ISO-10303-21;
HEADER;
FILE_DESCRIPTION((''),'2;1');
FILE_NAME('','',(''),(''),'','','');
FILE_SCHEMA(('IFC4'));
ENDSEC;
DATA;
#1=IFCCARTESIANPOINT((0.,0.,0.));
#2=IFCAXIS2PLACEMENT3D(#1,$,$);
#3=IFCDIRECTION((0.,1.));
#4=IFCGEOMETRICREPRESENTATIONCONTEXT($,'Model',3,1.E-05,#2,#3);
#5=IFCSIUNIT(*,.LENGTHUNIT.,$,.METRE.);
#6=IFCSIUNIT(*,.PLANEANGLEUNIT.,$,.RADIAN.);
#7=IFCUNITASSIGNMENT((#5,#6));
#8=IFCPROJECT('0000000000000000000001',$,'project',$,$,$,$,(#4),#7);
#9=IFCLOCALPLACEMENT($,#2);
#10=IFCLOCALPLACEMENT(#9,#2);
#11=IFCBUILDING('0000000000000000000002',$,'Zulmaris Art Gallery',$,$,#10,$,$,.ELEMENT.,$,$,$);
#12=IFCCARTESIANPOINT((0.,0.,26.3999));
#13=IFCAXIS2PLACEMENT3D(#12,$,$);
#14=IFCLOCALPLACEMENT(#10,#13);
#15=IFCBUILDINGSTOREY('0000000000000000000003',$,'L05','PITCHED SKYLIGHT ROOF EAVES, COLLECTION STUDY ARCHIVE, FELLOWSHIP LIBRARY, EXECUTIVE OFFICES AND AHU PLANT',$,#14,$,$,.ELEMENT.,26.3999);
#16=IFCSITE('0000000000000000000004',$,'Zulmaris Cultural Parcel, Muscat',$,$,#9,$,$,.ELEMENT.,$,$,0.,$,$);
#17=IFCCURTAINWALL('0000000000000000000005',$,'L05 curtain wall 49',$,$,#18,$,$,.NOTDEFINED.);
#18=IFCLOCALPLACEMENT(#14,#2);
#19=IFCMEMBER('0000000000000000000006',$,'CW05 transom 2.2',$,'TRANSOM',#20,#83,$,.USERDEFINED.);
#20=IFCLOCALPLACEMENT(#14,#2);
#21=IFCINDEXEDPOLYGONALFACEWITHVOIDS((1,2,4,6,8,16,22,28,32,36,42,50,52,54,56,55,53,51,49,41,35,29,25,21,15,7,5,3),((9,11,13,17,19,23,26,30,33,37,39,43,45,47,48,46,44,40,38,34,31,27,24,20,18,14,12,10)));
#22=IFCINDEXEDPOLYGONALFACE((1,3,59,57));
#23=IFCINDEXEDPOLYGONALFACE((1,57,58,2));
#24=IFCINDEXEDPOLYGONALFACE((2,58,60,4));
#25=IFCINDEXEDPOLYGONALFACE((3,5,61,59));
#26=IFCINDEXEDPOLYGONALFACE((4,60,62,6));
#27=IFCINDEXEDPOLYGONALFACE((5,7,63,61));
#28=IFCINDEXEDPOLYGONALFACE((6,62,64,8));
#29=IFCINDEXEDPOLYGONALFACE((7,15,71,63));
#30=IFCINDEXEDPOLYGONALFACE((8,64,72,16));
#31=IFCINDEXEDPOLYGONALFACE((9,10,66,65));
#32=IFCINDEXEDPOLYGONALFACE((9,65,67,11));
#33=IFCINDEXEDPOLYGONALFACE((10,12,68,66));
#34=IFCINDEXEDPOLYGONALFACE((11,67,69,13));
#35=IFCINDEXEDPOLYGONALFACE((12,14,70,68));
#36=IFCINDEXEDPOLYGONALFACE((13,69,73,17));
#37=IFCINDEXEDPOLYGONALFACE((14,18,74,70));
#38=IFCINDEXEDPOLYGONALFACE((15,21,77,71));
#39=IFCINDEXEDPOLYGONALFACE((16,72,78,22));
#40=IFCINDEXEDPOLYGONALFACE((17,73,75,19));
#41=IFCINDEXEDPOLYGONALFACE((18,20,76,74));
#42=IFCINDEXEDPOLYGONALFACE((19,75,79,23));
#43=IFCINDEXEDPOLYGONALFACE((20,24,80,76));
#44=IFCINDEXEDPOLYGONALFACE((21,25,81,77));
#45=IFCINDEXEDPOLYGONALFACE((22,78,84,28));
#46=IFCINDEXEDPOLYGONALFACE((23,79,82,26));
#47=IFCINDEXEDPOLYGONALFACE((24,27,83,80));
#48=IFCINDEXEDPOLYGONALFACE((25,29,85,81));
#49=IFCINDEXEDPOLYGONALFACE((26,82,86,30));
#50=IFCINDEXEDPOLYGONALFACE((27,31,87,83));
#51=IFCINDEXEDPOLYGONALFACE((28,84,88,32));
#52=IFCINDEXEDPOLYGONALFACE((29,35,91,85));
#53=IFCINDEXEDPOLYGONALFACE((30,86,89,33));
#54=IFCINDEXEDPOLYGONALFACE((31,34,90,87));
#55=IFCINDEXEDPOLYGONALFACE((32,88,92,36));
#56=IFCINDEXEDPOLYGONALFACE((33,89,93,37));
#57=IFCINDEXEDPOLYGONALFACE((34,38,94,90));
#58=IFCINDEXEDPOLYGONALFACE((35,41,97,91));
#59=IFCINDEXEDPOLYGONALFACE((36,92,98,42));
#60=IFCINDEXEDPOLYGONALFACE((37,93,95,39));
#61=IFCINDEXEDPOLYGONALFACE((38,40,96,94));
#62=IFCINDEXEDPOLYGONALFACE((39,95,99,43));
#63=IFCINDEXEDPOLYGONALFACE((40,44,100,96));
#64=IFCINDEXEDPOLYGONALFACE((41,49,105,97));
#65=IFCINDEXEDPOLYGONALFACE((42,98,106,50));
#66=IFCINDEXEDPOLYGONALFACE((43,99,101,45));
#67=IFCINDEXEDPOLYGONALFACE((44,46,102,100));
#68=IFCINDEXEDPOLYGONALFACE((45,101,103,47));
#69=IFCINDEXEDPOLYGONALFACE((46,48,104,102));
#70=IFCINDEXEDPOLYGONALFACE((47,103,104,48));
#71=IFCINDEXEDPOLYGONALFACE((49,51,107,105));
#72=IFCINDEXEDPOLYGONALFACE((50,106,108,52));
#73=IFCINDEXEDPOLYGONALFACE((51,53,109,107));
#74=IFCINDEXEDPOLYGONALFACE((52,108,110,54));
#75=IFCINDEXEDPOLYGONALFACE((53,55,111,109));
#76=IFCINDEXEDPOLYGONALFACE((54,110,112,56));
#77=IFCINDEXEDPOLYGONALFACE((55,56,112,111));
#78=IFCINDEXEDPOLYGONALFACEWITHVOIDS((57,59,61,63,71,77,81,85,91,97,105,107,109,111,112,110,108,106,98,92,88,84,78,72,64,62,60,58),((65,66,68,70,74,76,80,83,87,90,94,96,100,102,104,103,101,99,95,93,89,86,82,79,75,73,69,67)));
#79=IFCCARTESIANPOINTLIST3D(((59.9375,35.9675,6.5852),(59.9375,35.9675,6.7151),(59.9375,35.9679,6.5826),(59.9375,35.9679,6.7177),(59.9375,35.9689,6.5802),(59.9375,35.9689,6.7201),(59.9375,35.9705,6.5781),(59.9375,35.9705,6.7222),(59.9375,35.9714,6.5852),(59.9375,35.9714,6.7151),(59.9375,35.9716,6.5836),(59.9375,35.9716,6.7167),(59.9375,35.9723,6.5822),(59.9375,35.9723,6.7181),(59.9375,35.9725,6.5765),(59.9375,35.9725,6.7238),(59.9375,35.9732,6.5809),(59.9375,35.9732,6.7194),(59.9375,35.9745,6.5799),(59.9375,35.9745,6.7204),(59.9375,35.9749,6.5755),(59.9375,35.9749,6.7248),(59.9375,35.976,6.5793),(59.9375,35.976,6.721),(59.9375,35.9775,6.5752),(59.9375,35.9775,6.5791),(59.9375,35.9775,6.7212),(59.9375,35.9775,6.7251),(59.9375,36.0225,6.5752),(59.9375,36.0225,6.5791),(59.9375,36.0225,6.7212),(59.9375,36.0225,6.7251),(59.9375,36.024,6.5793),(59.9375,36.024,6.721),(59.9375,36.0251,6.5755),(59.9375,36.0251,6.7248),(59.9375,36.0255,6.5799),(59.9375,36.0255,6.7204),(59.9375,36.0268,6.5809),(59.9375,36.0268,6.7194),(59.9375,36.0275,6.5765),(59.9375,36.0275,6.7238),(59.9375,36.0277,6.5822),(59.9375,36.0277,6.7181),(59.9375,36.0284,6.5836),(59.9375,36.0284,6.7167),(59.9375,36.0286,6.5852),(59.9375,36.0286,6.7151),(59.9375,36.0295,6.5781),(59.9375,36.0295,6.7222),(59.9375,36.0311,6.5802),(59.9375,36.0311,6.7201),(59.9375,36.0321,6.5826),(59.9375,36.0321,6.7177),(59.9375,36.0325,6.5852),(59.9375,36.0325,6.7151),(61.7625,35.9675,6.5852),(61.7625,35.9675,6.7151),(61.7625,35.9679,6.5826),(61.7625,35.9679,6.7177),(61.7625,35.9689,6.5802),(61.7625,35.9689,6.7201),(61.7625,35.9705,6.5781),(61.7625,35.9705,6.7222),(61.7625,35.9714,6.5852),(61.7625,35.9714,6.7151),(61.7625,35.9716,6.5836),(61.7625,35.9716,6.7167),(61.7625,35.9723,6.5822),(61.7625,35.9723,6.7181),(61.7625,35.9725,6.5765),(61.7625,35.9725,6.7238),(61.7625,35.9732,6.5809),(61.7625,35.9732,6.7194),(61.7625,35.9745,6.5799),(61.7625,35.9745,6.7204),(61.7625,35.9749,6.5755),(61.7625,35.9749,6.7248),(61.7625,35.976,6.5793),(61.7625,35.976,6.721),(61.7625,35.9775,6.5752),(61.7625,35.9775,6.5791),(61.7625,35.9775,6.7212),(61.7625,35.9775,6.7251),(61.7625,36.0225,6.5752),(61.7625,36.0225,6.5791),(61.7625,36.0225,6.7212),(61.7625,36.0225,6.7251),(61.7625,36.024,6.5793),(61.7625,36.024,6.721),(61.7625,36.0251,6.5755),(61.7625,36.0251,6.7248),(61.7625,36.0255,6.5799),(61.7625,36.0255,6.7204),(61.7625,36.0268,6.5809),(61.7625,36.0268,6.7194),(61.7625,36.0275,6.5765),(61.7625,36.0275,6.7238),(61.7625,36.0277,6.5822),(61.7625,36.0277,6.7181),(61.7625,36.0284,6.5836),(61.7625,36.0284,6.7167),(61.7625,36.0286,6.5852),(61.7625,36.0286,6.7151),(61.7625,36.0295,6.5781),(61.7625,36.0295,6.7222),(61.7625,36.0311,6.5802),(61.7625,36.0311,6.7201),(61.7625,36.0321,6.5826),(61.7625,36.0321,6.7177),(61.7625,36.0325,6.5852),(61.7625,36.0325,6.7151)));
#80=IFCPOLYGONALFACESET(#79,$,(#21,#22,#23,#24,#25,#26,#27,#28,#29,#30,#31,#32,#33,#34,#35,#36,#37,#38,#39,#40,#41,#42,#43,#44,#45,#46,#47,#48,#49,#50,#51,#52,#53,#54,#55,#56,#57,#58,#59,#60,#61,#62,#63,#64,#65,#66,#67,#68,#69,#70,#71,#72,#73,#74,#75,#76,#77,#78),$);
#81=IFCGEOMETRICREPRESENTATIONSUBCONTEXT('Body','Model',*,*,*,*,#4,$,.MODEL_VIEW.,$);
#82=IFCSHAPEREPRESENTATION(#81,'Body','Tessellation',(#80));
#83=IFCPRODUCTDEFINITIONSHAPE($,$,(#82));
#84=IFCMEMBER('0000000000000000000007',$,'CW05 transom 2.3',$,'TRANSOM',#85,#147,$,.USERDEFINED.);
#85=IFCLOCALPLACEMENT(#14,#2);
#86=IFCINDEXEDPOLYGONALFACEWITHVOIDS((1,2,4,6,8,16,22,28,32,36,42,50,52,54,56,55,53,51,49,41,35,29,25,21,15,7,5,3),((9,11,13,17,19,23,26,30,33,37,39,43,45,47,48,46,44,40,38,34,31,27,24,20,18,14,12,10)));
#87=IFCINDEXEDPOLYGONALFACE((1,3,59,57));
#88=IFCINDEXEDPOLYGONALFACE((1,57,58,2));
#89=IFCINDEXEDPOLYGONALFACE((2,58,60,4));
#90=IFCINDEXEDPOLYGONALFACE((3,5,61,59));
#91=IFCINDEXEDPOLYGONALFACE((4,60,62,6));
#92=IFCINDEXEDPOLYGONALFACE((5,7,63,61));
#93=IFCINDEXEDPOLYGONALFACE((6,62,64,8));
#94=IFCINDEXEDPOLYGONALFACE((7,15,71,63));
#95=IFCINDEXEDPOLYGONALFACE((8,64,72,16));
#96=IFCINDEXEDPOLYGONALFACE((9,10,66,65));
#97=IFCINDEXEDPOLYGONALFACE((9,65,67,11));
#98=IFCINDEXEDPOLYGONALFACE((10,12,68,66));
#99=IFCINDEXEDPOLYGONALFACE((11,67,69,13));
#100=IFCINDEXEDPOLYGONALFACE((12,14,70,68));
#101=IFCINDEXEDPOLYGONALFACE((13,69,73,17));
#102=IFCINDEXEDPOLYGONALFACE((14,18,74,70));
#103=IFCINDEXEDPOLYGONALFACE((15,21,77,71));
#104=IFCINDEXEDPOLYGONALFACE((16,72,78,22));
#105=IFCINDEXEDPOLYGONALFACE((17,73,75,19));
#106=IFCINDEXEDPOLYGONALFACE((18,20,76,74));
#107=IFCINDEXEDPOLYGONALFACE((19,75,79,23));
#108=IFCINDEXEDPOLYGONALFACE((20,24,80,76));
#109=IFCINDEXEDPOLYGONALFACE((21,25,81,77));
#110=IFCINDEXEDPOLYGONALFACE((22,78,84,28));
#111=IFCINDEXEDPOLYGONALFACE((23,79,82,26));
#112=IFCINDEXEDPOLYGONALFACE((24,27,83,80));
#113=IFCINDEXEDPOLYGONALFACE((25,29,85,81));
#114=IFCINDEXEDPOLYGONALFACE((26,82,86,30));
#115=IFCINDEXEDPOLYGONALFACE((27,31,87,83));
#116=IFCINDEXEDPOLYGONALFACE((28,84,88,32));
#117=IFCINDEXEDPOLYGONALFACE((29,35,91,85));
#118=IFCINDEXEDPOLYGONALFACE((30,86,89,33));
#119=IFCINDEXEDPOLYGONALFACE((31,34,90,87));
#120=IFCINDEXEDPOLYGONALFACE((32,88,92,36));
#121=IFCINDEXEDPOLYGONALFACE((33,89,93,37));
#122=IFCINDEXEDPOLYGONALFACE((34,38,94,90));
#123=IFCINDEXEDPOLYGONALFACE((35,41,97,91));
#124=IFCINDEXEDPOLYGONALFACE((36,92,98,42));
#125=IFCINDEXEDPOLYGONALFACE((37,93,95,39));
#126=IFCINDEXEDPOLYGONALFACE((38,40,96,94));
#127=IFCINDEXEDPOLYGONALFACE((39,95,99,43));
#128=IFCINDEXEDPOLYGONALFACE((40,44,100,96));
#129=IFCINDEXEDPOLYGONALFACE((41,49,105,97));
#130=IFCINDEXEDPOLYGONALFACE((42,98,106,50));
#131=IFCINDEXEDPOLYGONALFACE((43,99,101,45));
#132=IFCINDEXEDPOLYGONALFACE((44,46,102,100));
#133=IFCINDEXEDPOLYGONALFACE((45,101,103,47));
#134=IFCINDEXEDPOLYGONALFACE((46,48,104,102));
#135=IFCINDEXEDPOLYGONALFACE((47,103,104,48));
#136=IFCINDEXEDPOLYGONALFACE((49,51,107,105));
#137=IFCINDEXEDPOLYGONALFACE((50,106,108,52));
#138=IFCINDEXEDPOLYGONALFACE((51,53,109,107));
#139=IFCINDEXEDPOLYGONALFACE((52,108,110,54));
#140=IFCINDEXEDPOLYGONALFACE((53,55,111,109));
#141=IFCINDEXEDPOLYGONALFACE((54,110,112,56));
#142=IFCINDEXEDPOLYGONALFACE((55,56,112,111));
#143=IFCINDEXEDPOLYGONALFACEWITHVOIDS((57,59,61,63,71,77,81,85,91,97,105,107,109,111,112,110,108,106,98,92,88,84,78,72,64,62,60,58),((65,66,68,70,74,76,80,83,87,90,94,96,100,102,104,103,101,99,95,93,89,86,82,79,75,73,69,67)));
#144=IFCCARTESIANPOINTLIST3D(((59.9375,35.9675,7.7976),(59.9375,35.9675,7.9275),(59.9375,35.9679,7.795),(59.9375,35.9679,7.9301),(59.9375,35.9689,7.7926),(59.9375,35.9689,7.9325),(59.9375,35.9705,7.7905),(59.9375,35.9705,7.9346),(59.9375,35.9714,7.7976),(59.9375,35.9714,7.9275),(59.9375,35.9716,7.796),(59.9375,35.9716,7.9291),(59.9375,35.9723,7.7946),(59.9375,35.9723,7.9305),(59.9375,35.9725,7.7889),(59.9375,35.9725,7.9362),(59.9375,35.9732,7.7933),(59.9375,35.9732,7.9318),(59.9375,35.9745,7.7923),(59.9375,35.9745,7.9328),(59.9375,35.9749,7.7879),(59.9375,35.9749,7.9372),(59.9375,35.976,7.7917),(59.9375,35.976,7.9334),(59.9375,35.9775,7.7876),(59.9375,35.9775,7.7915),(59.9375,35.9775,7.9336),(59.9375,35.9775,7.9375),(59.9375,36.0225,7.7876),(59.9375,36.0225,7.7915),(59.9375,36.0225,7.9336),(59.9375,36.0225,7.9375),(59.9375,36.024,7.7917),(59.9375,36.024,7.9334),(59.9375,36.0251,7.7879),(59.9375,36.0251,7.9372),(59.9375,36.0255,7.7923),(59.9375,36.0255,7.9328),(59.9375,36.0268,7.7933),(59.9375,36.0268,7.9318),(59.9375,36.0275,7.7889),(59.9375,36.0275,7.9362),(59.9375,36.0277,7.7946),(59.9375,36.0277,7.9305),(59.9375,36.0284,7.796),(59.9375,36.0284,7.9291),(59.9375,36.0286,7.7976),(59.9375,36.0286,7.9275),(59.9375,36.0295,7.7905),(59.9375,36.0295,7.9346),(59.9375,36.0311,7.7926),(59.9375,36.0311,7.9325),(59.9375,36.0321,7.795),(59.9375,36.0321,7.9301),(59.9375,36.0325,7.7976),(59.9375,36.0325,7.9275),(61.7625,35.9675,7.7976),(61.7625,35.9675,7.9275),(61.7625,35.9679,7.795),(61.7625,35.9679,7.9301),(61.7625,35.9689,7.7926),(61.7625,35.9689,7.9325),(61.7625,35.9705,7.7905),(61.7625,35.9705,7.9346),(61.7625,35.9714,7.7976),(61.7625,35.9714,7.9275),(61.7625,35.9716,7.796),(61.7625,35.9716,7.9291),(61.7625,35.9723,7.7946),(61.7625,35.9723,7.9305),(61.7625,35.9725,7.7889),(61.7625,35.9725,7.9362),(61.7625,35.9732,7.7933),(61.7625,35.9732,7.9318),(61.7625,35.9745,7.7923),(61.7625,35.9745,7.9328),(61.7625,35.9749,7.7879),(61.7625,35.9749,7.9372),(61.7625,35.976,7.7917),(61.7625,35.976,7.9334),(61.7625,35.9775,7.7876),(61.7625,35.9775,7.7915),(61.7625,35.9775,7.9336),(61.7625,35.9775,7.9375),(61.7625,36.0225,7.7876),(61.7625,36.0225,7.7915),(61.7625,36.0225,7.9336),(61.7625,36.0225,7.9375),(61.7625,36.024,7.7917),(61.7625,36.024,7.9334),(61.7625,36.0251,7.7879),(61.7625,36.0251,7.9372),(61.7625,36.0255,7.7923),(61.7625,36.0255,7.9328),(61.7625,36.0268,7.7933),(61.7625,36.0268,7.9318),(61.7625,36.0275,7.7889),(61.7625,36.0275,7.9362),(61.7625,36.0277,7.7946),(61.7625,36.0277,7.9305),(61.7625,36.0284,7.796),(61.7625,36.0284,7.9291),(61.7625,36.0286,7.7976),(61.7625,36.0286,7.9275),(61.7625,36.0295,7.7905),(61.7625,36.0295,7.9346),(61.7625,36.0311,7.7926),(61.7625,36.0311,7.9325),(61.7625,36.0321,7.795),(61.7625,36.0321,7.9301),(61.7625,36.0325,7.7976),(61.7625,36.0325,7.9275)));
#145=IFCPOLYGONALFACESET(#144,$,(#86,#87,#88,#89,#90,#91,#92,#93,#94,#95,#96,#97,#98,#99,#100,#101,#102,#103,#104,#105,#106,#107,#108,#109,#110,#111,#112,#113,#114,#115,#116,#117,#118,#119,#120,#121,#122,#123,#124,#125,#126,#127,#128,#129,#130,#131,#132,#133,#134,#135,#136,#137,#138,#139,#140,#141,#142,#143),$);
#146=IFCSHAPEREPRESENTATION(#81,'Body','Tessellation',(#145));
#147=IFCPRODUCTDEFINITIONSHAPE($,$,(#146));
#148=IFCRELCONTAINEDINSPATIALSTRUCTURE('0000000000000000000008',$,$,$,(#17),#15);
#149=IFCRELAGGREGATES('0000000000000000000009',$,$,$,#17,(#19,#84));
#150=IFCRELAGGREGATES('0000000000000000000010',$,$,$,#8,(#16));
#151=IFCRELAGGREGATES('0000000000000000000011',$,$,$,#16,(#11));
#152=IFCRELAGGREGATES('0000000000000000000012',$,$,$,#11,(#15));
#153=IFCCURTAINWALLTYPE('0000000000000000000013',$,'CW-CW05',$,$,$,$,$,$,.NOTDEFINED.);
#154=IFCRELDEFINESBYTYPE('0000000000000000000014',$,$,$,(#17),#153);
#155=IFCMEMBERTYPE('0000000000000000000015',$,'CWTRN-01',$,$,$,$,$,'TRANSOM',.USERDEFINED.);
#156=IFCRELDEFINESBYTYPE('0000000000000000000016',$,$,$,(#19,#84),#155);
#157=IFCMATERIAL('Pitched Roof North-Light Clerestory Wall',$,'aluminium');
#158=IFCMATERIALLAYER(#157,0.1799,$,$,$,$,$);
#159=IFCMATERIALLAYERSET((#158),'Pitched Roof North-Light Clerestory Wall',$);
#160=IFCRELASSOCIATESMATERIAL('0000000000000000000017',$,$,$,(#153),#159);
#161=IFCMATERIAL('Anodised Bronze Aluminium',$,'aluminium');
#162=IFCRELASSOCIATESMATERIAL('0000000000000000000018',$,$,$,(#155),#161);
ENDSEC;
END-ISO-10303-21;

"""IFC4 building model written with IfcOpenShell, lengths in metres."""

from ifc_helpers import new_model, si_unit, direction, frame, origin, origin_2d, place, context, subcontext, project, spatial, hollow_rectangle, extrude, material, layer, layer_set, material_profile, profile_set, type_object, element, aggregate, save


model = new_model("IFC4")

# Units and contexts
model_context = context("Model", 3, precision=1e-05, world=origin(), true_north=direction((0.0, 1.0)))
body_context = subcontext(model_context, "Body", "Model", "MODEL_VIEW")
ifc_project = project(units=[si_unit("LENGTHUNIT", "METRE"), si_unit("PLANEANGLEUNIT", "RADIAN")], contexts=[model_context])

# Site, building, storey
site_placement = place(None, origin())
site = spatial("IfcSite", under=ifc_project, at=site_placement, Name="Zulmaris Cultural Parcel, Muscat", CompositionType="ELEMENT", RefElevation=0.0)
building_placement = place(site_placement, origin())
building = spatial("IfcBuilding", under=site, at=building_placement, Name="Zulmaris Art Gallery", CompositionType="ELEMENT")
storey_placement = place(building_placement, frame((0.0, 0.0, 26.3999)))
storey = spatial("IfcBuildingStorey", under=building, at=storey_placement, Name="L05", Description="PITCHED SKYLIGHT ROOF EAVES, COLLECTION STUDY ARCHIVE, FELLOWSHIP LIBRARY, EXECUTIVE OFFICES AND AHU PLANT", CompositionType="ELEMENT", Elevation=26.3999)

# Curtain wall, members
ifc_material_1 = material(Name="Pitched Roof North-Light Clerestory Wall", Category="aluminium")
ifc_layer_1 = layer(ifc_material_1, 0.1799)
ifc_layer_set_1 = layer_set([ifc_layer_1], Name="Pitched Roof North-Light Clerestory Wall")
curtain_wall_type = type_object("IfcCurtainWallType", Name="CW-CW05", PredefinedType="NOTDEFINED", material=ifc_layer_set_1)
curtain_wall_placement = place(storey_placement, origin())
curtain_wall = element("IfcCurtainWall", 1, at=curtain_wall_placement, inside=storey, type_object=curtain_wall_type, Name="L05 curtain wall 49", PredefinedType="NOTDEFINED")
ifc_material_2 = material(Name="Anodised Bronze Aluminium", Category="aluminium")
ifc_material_profile_1 = material_profile(ifc_material_2, hollow_rectangle(XDim=0.0649, YDim=0.1499, WallThickness=0.0039, InnerFilletRadius=0.0061, OuterFilletRadius=0.01, at=origin_2d()), Name="ALU 65x150x4")
ifc_profile_set_1 = profile_set([ifc_material_profile_1], Name="Anodised Bronze Aluminium")
member_type_1 = type_object("IfcMemberType", Name="CWTRN-01", ElementType="TRANSOM", PredefinedType="USERDEFINED", material=ifc_profile_set_1)
member_1_placement = place(storey_placement, frame((59.9375, 36.0, 6.6501), z_axis=(1.0, 0.0, 0.0), x_axis=(0.0, 1.0, 0.0)))
member_1 = element("IfcMember", 2, at=member_1_placement, type_object=member_type_1, Name="CW05 transom 2.2", ObjectType="TRANSOM", PredefinedType="USERDEFINED", context=body_context, shape_type="SweptSolid", body=[
    extrude(hollow_rectangle(XDim=0.0649, YDim=0.1499, WallThickness=0.0039, InnerFilletRadius=0.0061, OuterFilletRadius=0.01, at=origin_2d()), origin(), (0.0, 0.0, 1.0), 1.825),
])
member_2_placement = place(storey_placement, frame((59.9375, 36.0, 7.8625), z_axis=(1.0, 0.0, 0.0), x_axis=(0.0, 1.0, 0.0)))
member_2 = element("IfcMember", 3, at=member_2_placement, type_object=member_type_1, Name="CW05 transom 2.3", ObjectType="TRANSOM", PredefinedType="USERDEFINED", context=body_context, shape_type="SweptSolid", body=[
    extrude(hollow_rectangle(XDim=0.0649, YDim=0.1499, WallThickness=0.0039, InnerFilletRadius=0.0061, OuterFilletRadius=0.01, at=origin_2d()), origin(), (0.0, 0.0, 1.0), 1.825),
])

aggregate(curtain_wall, [member_1, member_2])

save(model, "model.ifc")
